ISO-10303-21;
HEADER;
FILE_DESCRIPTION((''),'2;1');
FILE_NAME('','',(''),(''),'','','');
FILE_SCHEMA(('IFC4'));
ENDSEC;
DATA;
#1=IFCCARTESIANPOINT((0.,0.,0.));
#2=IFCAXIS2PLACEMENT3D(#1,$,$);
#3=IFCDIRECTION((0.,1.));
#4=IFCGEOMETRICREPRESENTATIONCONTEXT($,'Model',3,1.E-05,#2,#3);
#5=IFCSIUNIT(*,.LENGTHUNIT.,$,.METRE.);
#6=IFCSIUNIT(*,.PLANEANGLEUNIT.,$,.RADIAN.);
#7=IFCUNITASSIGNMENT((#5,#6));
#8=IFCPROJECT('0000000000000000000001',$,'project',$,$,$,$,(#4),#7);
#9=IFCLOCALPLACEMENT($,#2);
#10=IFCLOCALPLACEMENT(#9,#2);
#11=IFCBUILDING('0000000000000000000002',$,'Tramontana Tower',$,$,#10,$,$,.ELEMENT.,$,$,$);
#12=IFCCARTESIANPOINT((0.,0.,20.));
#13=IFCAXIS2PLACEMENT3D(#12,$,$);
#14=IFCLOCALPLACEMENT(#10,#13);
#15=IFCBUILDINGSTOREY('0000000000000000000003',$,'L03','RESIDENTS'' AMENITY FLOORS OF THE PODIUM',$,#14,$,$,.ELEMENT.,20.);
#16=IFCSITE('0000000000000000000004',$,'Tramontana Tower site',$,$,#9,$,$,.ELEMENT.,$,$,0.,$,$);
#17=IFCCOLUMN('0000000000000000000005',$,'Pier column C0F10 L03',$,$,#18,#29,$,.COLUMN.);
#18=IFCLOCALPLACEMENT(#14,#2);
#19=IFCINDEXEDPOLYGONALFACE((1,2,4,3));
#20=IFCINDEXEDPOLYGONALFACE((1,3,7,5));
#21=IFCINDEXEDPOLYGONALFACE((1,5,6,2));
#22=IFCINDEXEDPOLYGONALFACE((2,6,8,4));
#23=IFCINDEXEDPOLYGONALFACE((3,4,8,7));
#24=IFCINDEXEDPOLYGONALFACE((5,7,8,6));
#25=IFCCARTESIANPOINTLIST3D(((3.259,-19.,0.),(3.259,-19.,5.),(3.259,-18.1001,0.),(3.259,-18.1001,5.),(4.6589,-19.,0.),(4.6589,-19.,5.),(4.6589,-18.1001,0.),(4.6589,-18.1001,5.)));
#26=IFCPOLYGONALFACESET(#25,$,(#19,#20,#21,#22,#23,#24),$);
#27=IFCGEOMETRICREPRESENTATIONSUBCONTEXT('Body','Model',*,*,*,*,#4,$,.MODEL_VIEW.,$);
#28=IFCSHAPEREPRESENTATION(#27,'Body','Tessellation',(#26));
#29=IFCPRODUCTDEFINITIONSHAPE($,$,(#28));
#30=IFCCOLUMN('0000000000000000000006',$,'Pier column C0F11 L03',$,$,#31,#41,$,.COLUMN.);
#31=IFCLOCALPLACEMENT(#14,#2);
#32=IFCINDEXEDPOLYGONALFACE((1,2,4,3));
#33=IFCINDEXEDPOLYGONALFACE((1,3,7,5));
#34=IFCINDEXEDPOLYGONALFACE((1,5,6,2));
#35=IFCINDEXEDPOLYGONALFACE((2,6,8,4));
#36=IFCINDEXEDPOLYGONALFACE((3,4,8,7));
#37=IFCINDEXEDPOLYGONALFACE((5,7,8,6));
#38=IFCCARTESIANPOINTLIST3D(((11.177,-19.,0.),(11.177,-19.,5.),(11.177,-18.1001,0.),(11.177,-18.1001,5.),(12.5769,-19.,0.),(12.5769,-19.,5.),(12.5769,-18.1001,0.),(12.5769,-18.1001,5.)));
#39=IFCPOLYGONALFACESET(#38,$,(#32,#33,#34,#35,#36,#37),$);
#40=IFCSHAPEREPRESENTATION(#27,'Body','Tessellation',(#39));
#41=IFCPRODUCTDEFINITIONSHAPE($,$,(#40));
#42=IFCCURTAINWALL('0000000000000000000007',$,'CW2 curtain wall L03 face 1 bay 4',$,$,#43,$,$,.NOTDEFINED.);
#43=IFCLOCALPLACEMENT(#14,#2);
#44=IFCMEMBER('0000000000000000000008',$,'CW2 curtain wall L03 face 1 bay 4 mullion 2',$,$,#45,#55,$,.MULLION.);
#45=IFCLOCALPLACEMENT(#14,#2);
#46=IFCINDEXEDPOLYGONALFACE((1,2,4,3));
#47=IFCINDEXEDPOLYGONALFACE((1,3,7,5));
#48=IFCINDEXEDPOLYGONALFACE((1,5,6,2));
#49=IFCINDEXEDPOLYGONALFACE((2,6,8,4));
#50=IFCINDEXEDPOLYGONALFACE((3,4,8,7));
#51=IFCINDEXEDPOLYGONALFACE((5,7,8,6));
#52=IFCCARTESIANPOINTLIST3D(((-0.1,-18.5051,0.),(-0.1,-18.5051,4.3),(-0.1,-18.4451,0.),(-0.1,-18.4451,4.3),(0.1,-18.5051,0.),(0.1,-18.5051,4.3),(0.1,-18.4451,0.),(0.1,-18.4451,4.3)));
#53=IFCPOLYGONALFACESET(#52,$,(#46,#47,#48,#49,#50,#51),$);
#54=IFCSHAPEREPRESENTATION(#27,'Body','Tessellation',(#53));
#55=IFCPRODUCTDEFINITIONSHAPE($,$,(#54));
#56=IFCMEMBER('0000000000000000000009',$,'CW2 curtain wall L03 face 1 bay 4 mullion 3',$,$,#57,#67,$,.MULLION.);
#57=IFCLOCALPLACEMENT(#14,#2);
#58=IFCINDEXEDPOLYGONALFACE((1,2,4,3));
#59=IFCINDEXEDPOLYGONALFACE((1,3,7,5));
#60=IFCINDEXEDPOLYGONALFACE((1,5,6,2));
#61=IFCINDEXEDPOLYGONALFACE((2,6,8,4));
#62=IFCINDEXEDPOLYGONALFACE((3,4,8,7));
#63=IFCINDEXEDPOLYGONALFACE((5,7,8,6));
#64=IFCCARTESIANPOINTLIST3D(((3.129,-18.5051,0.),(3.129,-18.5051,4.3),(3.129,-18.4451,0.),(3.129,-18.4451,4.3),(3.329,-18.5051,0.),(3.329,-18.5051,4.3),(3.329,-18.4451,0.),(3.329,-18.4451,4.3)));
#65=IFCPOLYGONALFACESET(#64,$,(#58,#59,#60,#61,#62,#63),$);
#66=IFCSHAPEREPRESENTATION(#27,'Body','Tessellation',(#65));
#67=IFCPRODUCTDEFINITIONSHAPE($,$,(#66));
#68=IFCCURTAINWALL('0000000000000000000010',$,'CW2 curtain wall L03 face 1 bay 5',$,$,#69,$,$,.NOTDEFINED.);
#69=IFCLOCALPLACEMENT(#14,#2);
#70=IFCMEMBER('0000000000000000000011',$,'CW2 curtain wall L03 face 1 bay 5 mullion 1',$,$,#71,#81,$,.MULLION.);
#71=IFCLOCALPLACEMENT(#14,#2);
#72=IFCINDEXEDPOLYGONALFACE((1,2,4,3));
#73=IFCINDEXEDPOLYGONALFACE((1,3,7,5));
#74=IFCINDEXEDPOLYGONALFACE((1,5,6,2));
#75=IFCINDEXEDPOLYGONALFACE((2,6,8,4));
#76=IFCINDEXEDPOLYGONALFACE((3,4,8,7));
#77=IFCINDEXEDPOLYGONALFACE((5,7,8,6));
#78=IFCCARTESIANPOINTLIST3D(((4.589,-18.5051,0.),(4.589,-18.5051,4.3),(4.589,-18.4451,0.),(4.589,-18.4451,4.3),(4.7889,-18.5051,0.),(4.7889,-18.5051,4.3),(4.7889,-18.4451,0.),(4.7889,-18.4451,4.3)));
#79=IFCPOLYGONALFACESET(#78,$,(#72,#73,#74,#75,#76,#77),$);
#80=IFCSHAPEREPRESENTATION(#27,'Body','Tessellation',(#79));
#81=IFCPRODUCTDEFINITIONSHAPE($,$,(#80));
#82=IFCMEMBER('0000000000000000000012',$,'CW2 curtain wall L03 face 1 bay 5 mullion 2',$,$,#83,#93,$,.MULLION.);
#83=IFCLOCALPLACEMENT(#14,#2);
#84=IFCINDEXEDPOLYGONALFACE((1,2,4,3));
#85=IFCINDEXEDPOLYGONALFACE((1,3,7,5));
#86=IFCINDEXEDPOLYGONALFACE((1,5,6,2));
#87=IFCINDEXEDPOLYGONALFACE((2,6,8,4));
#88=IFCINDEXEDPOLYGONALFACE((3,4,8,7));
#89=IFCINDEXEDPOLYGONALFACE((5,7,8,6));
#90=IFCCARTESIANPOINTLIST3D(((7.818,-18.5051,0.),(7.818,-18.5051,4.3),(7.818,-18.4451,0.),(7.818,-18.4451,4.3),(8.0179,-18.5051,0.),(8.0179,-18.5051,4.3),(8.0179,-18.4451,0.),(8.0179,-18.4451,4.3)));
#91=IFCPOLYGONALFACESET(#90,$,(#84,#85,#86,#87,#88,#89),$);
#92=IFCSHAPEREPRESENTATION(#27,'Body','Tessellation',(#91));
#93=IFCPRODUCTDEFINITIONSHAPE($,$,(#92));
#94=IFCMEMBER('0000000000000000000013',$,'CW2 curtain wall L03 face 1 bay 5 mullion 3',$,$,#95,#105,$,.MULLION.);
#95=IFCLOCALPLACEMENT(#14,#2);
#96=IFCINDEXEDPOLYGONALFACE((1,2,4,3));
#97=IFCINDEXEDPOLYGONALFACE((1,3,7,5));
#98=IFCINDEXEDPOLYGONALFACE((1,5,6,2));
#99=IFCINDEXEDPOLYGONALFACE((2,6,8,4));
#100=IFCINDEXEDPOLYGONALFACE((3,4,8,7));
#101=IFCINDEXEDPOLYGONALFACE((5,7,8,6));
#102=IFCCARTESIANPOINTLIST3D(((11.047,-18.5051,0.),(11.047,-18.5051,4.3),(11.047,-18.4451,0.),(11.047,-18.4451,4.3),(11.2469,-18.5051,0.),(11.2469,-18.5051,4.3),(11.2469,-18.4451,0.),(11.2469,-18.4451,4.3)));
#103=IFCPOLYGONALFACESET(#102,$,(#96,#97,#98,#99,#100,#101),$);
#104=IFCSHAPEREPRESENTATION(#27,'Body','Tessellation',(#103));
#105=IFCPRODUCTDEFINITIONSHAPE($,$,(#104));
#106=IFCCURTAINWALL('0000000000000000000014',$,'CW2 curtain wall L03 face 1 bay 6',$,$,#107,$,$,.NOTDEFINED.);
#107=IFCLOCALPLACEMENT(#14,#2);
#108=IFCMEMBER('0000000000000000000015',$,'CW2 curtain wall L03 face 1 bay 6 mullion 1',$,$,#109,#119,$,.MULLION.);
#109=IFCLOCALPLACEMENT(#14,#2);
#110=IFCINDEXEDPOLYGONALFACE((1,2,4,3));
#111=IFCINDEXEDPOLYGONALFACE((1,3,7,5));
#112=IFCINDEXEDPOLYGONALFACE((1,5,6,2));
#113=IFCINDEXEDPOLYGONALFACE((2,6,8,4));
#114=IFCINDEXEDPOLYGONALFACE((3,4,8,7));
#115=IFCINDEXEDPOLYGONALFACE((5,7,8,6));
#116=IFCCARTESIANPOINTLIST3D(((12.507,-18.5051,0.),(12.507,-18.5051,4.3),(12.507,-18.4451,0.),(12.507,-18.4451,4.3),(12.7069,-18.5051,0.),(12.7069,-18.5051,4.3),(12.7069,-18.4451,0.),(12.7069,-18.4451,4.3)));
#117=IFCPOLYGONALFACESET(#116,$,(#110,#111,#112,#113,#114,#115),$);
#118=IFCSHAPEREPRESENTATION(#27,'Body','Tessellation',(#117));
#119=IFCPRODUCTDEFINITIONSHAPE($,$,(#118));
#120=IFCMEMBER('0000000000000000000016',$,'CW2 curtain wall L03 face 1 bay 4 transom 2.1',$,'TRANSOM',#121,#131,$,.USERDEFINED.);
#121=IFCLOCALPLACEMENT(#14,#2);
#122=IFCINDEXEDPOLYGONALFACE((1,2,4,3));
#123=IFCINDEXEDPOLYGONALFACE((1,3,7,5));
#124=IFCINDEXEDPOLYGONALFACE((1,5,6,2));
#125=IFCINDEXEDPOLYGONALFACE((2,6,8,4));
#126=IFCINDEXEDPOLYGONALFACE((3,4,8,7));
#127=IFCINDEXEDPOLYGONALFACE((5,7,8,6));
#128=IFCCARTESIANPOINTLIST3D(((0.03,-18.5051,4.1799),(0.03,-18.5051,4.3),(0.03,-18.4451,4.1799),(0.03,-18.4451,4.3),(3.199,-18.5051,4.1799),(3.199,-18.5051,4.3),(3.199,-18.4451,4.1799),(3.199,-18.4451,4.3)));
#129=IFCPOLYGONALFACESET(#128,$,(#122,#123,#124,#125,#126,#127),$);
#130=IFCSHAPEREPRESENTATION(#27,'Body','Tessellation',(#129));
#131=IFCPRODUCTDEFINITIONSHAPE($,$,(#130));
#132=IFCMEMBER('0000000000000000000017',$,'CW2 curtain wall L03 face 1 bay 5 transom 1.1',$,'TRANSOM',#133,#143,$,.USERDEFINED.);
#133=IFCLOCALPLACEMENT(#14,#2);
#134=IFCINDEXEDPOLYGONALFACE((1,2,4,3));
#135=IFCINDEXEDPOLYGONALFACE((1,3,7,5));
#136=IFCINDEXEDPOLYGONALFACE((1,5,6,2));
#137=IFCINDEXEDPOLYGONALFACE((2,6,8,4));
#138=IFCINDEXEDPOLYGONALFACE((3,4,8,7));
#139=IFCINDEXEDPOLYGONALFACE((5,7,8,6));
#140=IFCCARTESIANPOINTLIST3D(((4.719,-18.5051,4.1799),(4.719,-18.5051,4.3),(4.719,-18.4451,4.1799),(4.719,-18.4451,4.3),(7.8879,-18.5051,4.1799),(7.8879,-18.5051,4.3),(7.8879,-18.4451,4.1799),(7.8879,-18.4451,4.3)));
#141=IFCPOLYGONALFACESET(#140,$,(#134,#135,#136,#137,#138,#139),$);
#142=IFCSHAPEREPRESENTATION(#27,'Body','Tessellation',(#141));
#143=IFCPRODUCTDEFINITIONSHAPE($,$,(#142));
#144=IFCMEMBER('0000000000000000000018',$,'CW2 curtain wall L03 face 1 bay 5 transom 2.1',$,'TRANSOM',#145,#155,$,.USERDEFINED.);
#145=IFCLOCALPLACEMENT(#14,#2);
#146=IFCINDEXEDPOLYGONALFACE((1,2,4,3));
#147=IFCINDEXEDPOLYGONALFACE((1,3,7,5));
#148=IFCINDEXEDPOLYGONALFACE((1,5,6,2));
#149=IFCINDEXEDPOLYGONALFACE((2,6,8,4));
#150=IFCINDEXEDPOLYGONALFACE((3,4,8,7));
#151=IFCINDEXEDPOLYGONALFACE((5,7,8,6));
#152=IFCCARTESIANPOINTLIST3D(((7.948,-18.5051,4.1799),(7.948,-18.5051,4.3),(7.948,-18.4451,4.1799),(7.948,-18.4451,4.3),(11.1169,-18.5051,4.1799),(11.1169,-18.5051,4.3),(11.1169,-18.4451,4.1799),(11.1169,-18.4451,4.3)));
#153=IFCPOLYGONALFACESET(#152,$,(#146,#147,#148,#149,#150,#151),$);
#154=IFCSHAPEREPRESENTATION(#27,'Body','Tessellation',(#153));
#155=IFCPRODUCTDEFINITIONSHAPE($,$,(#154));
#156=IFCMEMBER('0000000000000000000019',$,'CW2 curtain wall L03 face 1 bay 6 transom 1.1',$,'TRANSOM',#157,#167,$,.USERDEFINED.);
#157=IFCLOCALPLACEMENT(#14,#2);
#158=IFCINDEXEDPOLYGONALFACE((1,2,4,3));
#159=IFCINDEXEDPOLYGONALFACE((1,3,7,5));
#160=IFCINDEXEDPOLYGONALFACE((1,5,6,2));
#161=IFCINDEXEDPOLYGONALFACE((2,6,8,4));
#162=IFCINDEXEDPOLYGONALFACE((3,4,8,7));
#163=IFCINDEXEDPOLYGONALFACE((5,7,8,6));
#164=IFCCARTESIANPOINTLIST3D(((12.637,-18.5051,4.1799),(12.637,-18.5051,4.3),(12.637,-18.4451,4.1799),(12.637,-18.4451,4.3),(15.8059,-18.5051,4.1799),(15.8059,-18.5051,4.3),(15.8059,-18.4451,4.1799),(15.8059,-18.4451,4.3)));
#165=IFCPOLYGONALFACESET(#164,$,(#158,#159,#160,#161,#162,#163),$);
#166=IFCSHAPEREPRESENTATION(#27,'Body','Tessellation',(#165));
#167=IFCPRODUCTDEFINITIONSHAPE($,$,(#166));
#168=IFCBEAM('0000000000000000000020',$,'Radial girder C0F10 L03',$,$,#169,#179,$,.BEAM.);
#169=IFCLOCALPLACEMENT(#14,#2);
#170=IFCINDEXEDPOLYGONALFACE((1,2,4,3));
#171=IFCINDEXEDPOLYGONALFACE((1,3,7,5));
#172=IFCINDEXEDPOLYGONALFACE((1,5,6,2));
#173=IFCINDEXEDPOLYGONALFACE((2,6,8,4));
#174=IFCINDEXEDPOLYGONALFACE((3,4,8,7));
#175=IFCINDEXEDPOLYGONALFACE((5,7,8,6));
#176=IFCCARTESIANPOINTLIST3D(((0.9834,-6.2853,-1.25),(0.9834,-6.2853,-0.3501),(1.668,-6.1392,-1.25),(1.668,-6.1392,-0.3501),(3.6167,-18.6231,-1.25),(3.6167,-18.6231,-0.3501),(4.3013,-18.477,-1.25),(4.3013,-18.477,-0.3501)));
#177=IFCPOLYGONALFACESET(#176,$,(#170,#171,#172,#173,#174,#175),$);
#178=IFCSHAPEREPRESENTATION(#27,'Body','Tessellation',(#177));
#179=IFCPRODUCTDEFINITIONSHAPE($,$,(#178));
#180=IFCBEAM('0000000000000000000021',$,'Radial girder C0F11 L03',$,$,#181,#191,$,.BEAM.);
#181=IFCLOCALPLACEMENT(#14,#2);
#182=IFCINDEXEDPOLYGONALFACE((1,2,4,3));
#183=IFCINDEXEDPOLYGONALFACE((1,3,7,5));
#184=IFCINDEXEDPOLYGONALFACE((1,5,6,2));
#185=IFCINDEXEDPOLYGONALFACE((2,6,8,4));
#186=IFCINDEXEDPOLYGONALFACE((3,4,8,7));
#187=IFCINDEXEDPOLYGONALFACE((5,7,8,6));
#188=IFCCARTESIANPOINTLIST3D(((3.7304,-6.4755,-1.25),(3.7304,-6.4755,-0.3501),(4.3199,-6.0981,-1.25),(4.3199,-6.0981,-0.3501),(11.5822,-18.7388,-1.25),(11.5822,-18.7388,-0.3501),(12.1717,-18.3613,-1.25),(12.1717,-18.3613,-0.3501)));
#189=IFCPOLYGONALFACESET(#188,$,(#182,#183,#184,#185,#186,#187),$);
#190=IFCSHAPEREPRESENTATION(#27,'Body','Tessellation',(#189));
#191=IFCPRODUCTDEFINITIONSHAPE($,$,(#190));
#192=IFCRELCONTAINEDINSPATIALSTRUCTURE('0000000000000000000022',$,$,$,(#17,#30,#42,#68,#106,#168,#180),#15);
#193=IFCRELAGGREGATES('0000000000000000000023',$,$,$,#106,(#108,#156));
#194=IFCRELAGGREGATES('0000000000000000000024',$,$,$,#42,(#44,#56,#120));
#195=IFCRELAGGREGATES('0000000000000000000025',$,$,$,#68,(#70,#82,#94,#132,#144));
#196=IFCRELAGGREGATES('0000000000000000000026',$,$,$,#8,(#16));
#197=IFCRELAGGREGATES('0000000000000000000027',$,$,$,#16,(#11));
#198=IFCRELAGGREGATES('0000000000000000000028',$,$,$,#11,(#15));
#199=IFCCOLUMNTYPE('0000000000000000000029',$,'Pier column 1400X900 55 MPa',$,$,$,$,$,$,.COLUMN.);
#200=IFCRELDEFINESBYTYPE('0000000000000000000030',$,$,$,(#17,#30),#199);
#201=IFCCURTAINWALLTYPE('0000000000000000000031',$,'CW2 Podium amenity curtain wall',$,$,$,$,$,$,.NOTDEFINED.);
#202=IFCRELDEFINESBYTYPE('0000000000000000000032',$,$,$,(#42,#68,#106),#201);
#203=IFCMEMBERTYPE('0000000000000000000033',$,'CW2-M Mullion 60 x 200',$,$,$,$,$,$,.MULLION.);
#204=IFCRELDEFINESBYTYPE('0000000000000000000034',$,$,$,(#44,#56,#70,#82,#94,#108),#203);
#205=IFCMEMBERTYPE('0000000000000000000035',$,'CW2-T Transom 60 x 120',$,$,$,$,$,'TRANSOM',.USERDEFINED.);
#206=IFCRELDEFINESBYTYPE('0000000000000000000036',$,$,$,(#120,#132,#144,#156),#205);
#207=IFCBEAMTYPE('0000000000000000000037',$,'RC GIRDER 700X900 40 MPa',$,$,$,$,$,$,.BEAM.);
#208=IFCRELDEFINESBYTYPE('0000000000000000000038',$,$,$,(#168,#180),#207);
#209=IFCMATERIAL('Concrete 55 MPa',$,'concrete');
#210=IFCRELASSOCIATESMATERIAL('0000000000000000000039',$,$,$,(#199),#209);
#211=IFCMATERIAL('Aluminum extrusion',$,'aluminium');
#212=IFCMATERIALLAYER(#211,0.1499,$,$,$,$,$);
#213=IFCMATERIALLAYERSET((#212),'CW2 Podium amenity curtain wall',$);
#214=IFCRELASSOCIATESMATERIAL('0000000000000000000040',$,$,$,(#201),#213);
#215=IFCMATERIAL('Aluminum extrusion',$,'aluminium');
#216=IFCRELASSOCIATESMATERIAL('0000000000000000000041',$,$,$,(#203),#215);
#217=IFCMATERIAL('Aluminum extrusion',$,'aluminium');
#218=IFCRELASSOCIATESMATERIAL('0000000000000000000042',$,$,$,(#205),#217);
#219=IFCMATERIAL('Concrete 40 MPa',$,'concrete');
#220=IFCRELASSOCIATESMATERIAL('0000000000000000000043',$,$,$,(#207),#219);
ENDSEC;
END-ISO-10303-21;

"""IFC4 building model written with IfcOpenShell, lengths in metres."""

from ifc_helpers import new_model, si_unit, direction, frame, origin, origin_2d, place, context, subcontext, project, spatial, rectangle, extrude, material, layer, layer_set, material_profile, profile_set, type_object, element, aggregate, save


model = new_model("IFC4")

# Units and contexts
model_context = context("Model", 3, precision=1e-05, world=origin(), true_north=direction((0.0, 1.0)))
body_context = subcontext(model_context, "Body", "Model", "MODEL_VIEW")
ifc_project = project(units=[si_unit("LENGTHUNIT", "METRE"), si_unit("PLANEANGLEUNIT", "RADIAN")], contexts=[model_context])

# Site, building, storey
site_placement = place(None, origin())
site = spatial("IfcSite", under=ifc_project, at=site_placement, Name="Tramontana Tower site", CompositionType="ELEMENT", RefElevation=0.0)
building_placement = place(site_placement, origin())
building = spatial("IfcBuilding", under=site, at=building_placement, Name="Tramontana Tower", CompositionType="ELEMENT")
storey_placement = place(building_placement, frame((0.0, 0.0, 20.0)))
storey = spatial("IfcBuildingStorey", under=building, at=storey_placement, Name="L03", Description="RESIDENTS' AMENITY FLOORS OF THE PODIUM", CompositionType="ELEMENT", Elevation=20.0)

# Columns
ifc_material_1 = material(Name="Concrete 55 MPa", Category="concrete")
ifc_material_profile_1 = material_profile(ifc_material_1, rectangle(XDim=1.3999, YDim=0.8999, at=origin_2d()), Name="Pier column 1400X900 55 MPa")
ifc_profile_set_1 = profile_set([ifc_material_profile_1], Name="Concrete 55 MPa")
column_type = type_object("IfcColumnType", Name="Pier column 1400X900 55 MPa", PredefinedType="COLUMN", material=ifc_profile_set_1)
for number, where, z_axis, x_axis, name in (
    (1, (3.959, -18.55, 0.0), (0.0, 0.0, 1.0), (1.0, 0.0, 0.0), "Pier column C0F10 L03"),
    (2, (11.877, -18.55, 0.0), (0.0, 0.0, 1.0), (1.0, 0.0, 0.0), "Pier column C0F11 L03"),
):
    element("IfcColumn", number, at=place(storey_placement, frame(where, z_axis=z_axis, x_axis=x_axis)), inside=storey, type_object=column_type, Name=name, PredefinedType="COLUMN", context=body_context, shape_type="SweptSolid", body=[
        extrude(rectangle(XDim=1.3999, YDim=0.8999, at=origin_2d()), origin(), (0.0, 0.0, 1.0), 5.0),
    ])

# Curtain walls, members
ifc_material_2 = material(Name="Aluminum extrusion", Category="aluminium")
ifc_layer_1 = layer(ifc_material_2, 0.1499)
ifc_layer_set_1 = layer_set([ifc_layer_1], Name="CW2 Podium amenity curtain wall")
curtain_wall_type = type_object("IfcCurtainWallType", Name="CW2 Podium amenity curtain wall", PredefinedType="NOTDEFINED", material=ifc_layer_set_1)
curtain_wall_1_placement = place(storey_placement, origin())
curtain_wall_1 = element("IfcCurtainWall", 3, at=curtain_wall_1_placement, inside=storey, type_object=curtain_wall_type, Name="CW2 curtain wall L03 face 1 bay 4", PredefinedType="NOTDEFINED")
ifc_material_3 = material(Name="Aluminum extrusion", Category="aluminium")
ifc_material_profile_2 = material_profile(ifc_material_3, rectangle(XDim=0.0601, YDim=0.2, at=origin_2d()), Name="CW2-M Mullion 60 x 200")
ifc_profile_set_2 = profile_set([ifc_material_profile_2], Name="Aluminum extrusion")
member_type_1 = type_object("IfcMemberType", Name="CW2-M Mullion 60 x 200", PredefinedType="MULLION", material=ifc_profile_set_2)
member_1_placement = place(storey_placement, frame((0.0, -18.4751, 0.0), z_axis=(0.0, 0.0, 1.0), x_axis=(0.0, 1.0, 0.0)))
member_1 = element("IfcMember", 4, at=member_1_placement, type_object=member_type_1, Name="CW2 curtain wall L03 face 1 bay 4 mullion 2", PredefinedType="MULLION", context=body_context, shape_type="SweptSolid", body=[
    extrude(rectangle(XDim=0.0601, YDim=0.2, at=origin_2d()), origin(), (0.0, 0.0, 1.0), 4.3),
])
member_2_placement = place(storey_placement, frame((3.229, -18.4751, 0.0), z_axis=(0.0, 0.0, 1.0), x_axis=(0.0, 1.0, 0.0)))
member_2 = element("IfcMember", 5, at=member_2_placement, type_object=member_type_1, Name="CW2 curtain wall L03 face 1 bay 4 mullion 3", PredefinedType="MULLION", context=body_context, shape_type="SweptSolid", body=[
    extrude(rectangle(XDim=0.0601, YDim=0.2, at=origin_2d()), origin(), (0.0, 0.0, 1.0), 4.3),
])
curtain_wall_2_placement = place(storey_placement, origin())
curtain_wall_2 = element("IfcCurtainWall", 6, at=curtain_wall_2_placement, inside=storey, type_object=curtain_wall_type, Name="CW2 curtain wall L03 face 1 bay 5", PredefinedType="NOTDEFINED")
member_3_placement = place(storey_placement, frame((4.689, -18.4751, 0.0), z_axis=(0.0, 0.0, 1.0), x_axis=(0.0, 1.0, 0.0)))
member_3 = element("IfcMember", 7, at=member_3_placement, type_object=member_type_1, Name="CW2 curtain wall L03 face 1 bay 5 mullion 1", PredefinedType="MULLION", context=body_context, shape_type="SweptSolid", body=[
    extrude(rectangle(XDim=0.0601, YDim=0.2, at=origin_2d()), origin(), (0.0, 0.0, 1.0), 4.3),
])
member_4_placement = place(storey_placement, frame((7.918, -18.4751, 0.0), z_axis=(0.0, 0.0, 1.0), x_axis=(0.0, 1.0, 0.0)))
member_4 = element("IfcMember", 8, at=member_4_placement, type_object=member_type_1, Name="CW2 curtain wall L03 face 1 bay 5 mullion 2", PredefinedType="MULLION", context=body_context, shape_type="SweptSolid", body=[
    extrude(rectangle(XDim=0.0601, YDim=0.2, at=origin_2d()), origin(), (0.0, 0.0, 1.0), 4.3),
])
member_5_placement = place(storey_placement, frame((11.147, -18.4751, 0.0), z_axis=(0.0, 0.0, 1.0), x_axis=(0.0, 1.0, 0.0)))
member_5 = element("IfcMember", 9, at=member_5_placement, type_object=member_type_1, Name="CW2 curtain wall L03 face 1 bay 5 mullion 3", PredefinedType="MULLION", context=body_context, shape_type="SweptSolid", body=[
    extrude(rectangle(XDim=0.0601, YDim=0.2, at=origin_2d()), origin(), (0.0, 0.0, 1.0), 4.3),
])

# Curtain wall, member
curtain_wall_3_placement = place(storey_placement, origin())
curtain_wall_3 = element("IfcCurtainWall", 10, at=curtain_wall_3_placement, inside=storey, type_object=curtain_wall_type, Name="CW2 curtain wall L03 face 1 bay 6", PredefinedType="NOTDEFINED")
member_6_placement = place(storey_placement, frame((12.6069, -18.4751, 0.0), z_axis=(0.0, 0.0, 1.0), x_axis=(0.0, 1.0, 0.0)))
member_6 = element("IfcMember", 11, at=member_6_placement, type_object=member_type_1, Name="CW2 curtain wall L03 face 1 bay 6 mullion 1", PredefinedType="MULLION", context=body_context, shape_type="SweptSolid", body=[
    extrude(rectangle(XDim=0.0601, YDim=0.2, at=origin_2d()), origin(), (0.0, 0.0, 1.0), 4.3),
])

# Members
ifc_material_4 = material(Name="Aluminum extrusion", Category="aluminium")
ifc_material_profile_3 = material_profile(ifc_material_4, rectangle(XDim=0.0601, YDim=0.1201, at=origin_2d()), Name="CW2-T Transom 60 x 120")
ifc_profile_set_3 = profile_set([ifc_material_profile_3], Name="Aluminum extrusion")
member_type_2 = type_object("IfcMemberType", Name="CW2-T Transom 60 x 120", ElementType="TRANSOM", PredefinedType="USERDEFINED", material=ifc_profile_set_3)
member_7_placement = place(storey_placement, frame((0.03, -18.4751, 4.24), z_axis=(1.0, 0.0, 0.0), x_axis=(0.0, 1.0, 0.0)))
member_7 = element("IfcMember", 12, at=member_7_placement, type_object=member_type_2, Name="CW2 curtain wall L03 face 1 bay 4 transom 2.1", ObjectType="TRANSOM", PredefinedType="USERDEFINED", context=body_context, shape_type="SweptSolid", body=[
    extrude(rectangle(XDim=0.0601, YDim=0.1201, at=origin_2d()), origin(), (0.0, 0.0, 1.0), 3.1689),
])
member_8_placement = place(storey_placement, frame((4.719, -18.4751, 4.24), z_axis=(1.0, 0.0, 0.0), x_axis=(0.0, 1.0, 0.0)))
member_8 = element("IfcMember", 13, at=member_8_placement, type_object=member_type_2, Name="CW2 curtain wall L03 face 1 bay 5 transom 1.1", ObjectType="TRANSOM", PredefinedType="USERDEFINED", context=body_context, shape_type="SweptSolid", body=[
    extrude(rectangle(XDim=0.0601, YDim=0.1201, at=origin_2d()), origin(), (0.0, 0.0, 1.0), 3.1689),
])
member_9_placement = place(storey_placement, frame((7.948, -18.4751, 4.24), z_axis=(1.0, 0.0, 0.0), x_axis=(0.0, 1.0, 0.0)))
member_9 = element("IfcMember", 14, at=member_9_placement, type_object=member_type_2, Name="CW2 curtain wall L03 face 1 bay 5 transom 2.1", ObjectType="TRANSOM", PredefinedType="USERDEFINED", context=body_context, shape_type="SweptSolid", body=[
    extrude(rectangle(XDim=0.0601, YDim=0.1201, at=origin_2d()), origin(), (0.0, 0.0, 1.0), 3.1689),
])
member_10_placement = place(storey_placement, frame((12.637, -18.4751, 4.24), z_axis=(1.0, 0.0, 0.0), x_axis=(0.0, 1.0, 0.0)))
member_10 = element("IfcMember", 15, at=member_10_placement, type_object=member_type_2, Name="CW2 curtain wall L03 face 1 bay 6 transom 1.1", ObjectType="TRANSOM", PredefinedType="USERDEFINED", context=body_context, shape_type="SweptSolid", body=[
    extrude(rectangle(XDim=0.0601, YDim=0.1201, at=origin_2d()), origin(), (0.0, 0.0, 1.0), 3.1689),
])
aggregate(curtain_wall_3, [member_6, member_10])

# Beams
ifc_material_5 = material(Name="Concrete 40 MPa", Category="concrete")
ifc_material_profile_4 = material_profile(ifc_material_5, rectangle(XDim=0.7, YDim=0.8999, at=origin_2d()), Name="RC GIRDER 700X900 40 MPa")
ifc_profile_set_4 = profile_set([ifc_material_profile_4], Name="Concrete 40 MPa")
beam_type = type_object("IfcBeamType", Name="RC GIRDER 700X900 40 MPa", PredefinedType="BEAM", material=ifc_profile_set_4)
beam_1_placement = place(storey_placement, frame((3.959, -18.55, -0.8), z_axis=(-0.208731, 0.977973, 0.0), x_axis=(-0.977973, -0.208731, 0.0)))
element("IfcBeam", 16, at=beam_1_placement, inside=storey, type_object=beam_type, Name="Radial girder C0F10 L03", PredefinedType="BEAM", context=body_context, shape_type="SweptSolid", body=[
    extrude(rectangle(XDim=0.7, YDim=0.8999, at=origin_2d()), origin(), (0.0, 0.0, 1.0), 12.6157),
])
beam_2_placement = place(storey_placement, frame((11.877, -18.55, -0.8), z_axis=(-0.539218, 0.842166, 0.0), x_axis=(-0.842166, -0.539218, 0.0)))
element("IfcBeam", 17, at=beam_2_placement, inside=storey, type_object=beam_type, Name="Radial girder C0F11 L03", PredefinedType="BEAM", context=body_context, shape_type="SweptSolid", body=[
    extrude(rectangle(XDim=0.7, YDim=0.8999, at=origin_2d()), origin(), (0.0, 0.0, 1.0), 14.5615),
])

aggregate(curtain_wall_1, [member_1, member_2, member_7])
aggregate(curtain_wall_2, [member_3, member_4, member_5, member_8, member_9])

save(model, "model.ifc")
